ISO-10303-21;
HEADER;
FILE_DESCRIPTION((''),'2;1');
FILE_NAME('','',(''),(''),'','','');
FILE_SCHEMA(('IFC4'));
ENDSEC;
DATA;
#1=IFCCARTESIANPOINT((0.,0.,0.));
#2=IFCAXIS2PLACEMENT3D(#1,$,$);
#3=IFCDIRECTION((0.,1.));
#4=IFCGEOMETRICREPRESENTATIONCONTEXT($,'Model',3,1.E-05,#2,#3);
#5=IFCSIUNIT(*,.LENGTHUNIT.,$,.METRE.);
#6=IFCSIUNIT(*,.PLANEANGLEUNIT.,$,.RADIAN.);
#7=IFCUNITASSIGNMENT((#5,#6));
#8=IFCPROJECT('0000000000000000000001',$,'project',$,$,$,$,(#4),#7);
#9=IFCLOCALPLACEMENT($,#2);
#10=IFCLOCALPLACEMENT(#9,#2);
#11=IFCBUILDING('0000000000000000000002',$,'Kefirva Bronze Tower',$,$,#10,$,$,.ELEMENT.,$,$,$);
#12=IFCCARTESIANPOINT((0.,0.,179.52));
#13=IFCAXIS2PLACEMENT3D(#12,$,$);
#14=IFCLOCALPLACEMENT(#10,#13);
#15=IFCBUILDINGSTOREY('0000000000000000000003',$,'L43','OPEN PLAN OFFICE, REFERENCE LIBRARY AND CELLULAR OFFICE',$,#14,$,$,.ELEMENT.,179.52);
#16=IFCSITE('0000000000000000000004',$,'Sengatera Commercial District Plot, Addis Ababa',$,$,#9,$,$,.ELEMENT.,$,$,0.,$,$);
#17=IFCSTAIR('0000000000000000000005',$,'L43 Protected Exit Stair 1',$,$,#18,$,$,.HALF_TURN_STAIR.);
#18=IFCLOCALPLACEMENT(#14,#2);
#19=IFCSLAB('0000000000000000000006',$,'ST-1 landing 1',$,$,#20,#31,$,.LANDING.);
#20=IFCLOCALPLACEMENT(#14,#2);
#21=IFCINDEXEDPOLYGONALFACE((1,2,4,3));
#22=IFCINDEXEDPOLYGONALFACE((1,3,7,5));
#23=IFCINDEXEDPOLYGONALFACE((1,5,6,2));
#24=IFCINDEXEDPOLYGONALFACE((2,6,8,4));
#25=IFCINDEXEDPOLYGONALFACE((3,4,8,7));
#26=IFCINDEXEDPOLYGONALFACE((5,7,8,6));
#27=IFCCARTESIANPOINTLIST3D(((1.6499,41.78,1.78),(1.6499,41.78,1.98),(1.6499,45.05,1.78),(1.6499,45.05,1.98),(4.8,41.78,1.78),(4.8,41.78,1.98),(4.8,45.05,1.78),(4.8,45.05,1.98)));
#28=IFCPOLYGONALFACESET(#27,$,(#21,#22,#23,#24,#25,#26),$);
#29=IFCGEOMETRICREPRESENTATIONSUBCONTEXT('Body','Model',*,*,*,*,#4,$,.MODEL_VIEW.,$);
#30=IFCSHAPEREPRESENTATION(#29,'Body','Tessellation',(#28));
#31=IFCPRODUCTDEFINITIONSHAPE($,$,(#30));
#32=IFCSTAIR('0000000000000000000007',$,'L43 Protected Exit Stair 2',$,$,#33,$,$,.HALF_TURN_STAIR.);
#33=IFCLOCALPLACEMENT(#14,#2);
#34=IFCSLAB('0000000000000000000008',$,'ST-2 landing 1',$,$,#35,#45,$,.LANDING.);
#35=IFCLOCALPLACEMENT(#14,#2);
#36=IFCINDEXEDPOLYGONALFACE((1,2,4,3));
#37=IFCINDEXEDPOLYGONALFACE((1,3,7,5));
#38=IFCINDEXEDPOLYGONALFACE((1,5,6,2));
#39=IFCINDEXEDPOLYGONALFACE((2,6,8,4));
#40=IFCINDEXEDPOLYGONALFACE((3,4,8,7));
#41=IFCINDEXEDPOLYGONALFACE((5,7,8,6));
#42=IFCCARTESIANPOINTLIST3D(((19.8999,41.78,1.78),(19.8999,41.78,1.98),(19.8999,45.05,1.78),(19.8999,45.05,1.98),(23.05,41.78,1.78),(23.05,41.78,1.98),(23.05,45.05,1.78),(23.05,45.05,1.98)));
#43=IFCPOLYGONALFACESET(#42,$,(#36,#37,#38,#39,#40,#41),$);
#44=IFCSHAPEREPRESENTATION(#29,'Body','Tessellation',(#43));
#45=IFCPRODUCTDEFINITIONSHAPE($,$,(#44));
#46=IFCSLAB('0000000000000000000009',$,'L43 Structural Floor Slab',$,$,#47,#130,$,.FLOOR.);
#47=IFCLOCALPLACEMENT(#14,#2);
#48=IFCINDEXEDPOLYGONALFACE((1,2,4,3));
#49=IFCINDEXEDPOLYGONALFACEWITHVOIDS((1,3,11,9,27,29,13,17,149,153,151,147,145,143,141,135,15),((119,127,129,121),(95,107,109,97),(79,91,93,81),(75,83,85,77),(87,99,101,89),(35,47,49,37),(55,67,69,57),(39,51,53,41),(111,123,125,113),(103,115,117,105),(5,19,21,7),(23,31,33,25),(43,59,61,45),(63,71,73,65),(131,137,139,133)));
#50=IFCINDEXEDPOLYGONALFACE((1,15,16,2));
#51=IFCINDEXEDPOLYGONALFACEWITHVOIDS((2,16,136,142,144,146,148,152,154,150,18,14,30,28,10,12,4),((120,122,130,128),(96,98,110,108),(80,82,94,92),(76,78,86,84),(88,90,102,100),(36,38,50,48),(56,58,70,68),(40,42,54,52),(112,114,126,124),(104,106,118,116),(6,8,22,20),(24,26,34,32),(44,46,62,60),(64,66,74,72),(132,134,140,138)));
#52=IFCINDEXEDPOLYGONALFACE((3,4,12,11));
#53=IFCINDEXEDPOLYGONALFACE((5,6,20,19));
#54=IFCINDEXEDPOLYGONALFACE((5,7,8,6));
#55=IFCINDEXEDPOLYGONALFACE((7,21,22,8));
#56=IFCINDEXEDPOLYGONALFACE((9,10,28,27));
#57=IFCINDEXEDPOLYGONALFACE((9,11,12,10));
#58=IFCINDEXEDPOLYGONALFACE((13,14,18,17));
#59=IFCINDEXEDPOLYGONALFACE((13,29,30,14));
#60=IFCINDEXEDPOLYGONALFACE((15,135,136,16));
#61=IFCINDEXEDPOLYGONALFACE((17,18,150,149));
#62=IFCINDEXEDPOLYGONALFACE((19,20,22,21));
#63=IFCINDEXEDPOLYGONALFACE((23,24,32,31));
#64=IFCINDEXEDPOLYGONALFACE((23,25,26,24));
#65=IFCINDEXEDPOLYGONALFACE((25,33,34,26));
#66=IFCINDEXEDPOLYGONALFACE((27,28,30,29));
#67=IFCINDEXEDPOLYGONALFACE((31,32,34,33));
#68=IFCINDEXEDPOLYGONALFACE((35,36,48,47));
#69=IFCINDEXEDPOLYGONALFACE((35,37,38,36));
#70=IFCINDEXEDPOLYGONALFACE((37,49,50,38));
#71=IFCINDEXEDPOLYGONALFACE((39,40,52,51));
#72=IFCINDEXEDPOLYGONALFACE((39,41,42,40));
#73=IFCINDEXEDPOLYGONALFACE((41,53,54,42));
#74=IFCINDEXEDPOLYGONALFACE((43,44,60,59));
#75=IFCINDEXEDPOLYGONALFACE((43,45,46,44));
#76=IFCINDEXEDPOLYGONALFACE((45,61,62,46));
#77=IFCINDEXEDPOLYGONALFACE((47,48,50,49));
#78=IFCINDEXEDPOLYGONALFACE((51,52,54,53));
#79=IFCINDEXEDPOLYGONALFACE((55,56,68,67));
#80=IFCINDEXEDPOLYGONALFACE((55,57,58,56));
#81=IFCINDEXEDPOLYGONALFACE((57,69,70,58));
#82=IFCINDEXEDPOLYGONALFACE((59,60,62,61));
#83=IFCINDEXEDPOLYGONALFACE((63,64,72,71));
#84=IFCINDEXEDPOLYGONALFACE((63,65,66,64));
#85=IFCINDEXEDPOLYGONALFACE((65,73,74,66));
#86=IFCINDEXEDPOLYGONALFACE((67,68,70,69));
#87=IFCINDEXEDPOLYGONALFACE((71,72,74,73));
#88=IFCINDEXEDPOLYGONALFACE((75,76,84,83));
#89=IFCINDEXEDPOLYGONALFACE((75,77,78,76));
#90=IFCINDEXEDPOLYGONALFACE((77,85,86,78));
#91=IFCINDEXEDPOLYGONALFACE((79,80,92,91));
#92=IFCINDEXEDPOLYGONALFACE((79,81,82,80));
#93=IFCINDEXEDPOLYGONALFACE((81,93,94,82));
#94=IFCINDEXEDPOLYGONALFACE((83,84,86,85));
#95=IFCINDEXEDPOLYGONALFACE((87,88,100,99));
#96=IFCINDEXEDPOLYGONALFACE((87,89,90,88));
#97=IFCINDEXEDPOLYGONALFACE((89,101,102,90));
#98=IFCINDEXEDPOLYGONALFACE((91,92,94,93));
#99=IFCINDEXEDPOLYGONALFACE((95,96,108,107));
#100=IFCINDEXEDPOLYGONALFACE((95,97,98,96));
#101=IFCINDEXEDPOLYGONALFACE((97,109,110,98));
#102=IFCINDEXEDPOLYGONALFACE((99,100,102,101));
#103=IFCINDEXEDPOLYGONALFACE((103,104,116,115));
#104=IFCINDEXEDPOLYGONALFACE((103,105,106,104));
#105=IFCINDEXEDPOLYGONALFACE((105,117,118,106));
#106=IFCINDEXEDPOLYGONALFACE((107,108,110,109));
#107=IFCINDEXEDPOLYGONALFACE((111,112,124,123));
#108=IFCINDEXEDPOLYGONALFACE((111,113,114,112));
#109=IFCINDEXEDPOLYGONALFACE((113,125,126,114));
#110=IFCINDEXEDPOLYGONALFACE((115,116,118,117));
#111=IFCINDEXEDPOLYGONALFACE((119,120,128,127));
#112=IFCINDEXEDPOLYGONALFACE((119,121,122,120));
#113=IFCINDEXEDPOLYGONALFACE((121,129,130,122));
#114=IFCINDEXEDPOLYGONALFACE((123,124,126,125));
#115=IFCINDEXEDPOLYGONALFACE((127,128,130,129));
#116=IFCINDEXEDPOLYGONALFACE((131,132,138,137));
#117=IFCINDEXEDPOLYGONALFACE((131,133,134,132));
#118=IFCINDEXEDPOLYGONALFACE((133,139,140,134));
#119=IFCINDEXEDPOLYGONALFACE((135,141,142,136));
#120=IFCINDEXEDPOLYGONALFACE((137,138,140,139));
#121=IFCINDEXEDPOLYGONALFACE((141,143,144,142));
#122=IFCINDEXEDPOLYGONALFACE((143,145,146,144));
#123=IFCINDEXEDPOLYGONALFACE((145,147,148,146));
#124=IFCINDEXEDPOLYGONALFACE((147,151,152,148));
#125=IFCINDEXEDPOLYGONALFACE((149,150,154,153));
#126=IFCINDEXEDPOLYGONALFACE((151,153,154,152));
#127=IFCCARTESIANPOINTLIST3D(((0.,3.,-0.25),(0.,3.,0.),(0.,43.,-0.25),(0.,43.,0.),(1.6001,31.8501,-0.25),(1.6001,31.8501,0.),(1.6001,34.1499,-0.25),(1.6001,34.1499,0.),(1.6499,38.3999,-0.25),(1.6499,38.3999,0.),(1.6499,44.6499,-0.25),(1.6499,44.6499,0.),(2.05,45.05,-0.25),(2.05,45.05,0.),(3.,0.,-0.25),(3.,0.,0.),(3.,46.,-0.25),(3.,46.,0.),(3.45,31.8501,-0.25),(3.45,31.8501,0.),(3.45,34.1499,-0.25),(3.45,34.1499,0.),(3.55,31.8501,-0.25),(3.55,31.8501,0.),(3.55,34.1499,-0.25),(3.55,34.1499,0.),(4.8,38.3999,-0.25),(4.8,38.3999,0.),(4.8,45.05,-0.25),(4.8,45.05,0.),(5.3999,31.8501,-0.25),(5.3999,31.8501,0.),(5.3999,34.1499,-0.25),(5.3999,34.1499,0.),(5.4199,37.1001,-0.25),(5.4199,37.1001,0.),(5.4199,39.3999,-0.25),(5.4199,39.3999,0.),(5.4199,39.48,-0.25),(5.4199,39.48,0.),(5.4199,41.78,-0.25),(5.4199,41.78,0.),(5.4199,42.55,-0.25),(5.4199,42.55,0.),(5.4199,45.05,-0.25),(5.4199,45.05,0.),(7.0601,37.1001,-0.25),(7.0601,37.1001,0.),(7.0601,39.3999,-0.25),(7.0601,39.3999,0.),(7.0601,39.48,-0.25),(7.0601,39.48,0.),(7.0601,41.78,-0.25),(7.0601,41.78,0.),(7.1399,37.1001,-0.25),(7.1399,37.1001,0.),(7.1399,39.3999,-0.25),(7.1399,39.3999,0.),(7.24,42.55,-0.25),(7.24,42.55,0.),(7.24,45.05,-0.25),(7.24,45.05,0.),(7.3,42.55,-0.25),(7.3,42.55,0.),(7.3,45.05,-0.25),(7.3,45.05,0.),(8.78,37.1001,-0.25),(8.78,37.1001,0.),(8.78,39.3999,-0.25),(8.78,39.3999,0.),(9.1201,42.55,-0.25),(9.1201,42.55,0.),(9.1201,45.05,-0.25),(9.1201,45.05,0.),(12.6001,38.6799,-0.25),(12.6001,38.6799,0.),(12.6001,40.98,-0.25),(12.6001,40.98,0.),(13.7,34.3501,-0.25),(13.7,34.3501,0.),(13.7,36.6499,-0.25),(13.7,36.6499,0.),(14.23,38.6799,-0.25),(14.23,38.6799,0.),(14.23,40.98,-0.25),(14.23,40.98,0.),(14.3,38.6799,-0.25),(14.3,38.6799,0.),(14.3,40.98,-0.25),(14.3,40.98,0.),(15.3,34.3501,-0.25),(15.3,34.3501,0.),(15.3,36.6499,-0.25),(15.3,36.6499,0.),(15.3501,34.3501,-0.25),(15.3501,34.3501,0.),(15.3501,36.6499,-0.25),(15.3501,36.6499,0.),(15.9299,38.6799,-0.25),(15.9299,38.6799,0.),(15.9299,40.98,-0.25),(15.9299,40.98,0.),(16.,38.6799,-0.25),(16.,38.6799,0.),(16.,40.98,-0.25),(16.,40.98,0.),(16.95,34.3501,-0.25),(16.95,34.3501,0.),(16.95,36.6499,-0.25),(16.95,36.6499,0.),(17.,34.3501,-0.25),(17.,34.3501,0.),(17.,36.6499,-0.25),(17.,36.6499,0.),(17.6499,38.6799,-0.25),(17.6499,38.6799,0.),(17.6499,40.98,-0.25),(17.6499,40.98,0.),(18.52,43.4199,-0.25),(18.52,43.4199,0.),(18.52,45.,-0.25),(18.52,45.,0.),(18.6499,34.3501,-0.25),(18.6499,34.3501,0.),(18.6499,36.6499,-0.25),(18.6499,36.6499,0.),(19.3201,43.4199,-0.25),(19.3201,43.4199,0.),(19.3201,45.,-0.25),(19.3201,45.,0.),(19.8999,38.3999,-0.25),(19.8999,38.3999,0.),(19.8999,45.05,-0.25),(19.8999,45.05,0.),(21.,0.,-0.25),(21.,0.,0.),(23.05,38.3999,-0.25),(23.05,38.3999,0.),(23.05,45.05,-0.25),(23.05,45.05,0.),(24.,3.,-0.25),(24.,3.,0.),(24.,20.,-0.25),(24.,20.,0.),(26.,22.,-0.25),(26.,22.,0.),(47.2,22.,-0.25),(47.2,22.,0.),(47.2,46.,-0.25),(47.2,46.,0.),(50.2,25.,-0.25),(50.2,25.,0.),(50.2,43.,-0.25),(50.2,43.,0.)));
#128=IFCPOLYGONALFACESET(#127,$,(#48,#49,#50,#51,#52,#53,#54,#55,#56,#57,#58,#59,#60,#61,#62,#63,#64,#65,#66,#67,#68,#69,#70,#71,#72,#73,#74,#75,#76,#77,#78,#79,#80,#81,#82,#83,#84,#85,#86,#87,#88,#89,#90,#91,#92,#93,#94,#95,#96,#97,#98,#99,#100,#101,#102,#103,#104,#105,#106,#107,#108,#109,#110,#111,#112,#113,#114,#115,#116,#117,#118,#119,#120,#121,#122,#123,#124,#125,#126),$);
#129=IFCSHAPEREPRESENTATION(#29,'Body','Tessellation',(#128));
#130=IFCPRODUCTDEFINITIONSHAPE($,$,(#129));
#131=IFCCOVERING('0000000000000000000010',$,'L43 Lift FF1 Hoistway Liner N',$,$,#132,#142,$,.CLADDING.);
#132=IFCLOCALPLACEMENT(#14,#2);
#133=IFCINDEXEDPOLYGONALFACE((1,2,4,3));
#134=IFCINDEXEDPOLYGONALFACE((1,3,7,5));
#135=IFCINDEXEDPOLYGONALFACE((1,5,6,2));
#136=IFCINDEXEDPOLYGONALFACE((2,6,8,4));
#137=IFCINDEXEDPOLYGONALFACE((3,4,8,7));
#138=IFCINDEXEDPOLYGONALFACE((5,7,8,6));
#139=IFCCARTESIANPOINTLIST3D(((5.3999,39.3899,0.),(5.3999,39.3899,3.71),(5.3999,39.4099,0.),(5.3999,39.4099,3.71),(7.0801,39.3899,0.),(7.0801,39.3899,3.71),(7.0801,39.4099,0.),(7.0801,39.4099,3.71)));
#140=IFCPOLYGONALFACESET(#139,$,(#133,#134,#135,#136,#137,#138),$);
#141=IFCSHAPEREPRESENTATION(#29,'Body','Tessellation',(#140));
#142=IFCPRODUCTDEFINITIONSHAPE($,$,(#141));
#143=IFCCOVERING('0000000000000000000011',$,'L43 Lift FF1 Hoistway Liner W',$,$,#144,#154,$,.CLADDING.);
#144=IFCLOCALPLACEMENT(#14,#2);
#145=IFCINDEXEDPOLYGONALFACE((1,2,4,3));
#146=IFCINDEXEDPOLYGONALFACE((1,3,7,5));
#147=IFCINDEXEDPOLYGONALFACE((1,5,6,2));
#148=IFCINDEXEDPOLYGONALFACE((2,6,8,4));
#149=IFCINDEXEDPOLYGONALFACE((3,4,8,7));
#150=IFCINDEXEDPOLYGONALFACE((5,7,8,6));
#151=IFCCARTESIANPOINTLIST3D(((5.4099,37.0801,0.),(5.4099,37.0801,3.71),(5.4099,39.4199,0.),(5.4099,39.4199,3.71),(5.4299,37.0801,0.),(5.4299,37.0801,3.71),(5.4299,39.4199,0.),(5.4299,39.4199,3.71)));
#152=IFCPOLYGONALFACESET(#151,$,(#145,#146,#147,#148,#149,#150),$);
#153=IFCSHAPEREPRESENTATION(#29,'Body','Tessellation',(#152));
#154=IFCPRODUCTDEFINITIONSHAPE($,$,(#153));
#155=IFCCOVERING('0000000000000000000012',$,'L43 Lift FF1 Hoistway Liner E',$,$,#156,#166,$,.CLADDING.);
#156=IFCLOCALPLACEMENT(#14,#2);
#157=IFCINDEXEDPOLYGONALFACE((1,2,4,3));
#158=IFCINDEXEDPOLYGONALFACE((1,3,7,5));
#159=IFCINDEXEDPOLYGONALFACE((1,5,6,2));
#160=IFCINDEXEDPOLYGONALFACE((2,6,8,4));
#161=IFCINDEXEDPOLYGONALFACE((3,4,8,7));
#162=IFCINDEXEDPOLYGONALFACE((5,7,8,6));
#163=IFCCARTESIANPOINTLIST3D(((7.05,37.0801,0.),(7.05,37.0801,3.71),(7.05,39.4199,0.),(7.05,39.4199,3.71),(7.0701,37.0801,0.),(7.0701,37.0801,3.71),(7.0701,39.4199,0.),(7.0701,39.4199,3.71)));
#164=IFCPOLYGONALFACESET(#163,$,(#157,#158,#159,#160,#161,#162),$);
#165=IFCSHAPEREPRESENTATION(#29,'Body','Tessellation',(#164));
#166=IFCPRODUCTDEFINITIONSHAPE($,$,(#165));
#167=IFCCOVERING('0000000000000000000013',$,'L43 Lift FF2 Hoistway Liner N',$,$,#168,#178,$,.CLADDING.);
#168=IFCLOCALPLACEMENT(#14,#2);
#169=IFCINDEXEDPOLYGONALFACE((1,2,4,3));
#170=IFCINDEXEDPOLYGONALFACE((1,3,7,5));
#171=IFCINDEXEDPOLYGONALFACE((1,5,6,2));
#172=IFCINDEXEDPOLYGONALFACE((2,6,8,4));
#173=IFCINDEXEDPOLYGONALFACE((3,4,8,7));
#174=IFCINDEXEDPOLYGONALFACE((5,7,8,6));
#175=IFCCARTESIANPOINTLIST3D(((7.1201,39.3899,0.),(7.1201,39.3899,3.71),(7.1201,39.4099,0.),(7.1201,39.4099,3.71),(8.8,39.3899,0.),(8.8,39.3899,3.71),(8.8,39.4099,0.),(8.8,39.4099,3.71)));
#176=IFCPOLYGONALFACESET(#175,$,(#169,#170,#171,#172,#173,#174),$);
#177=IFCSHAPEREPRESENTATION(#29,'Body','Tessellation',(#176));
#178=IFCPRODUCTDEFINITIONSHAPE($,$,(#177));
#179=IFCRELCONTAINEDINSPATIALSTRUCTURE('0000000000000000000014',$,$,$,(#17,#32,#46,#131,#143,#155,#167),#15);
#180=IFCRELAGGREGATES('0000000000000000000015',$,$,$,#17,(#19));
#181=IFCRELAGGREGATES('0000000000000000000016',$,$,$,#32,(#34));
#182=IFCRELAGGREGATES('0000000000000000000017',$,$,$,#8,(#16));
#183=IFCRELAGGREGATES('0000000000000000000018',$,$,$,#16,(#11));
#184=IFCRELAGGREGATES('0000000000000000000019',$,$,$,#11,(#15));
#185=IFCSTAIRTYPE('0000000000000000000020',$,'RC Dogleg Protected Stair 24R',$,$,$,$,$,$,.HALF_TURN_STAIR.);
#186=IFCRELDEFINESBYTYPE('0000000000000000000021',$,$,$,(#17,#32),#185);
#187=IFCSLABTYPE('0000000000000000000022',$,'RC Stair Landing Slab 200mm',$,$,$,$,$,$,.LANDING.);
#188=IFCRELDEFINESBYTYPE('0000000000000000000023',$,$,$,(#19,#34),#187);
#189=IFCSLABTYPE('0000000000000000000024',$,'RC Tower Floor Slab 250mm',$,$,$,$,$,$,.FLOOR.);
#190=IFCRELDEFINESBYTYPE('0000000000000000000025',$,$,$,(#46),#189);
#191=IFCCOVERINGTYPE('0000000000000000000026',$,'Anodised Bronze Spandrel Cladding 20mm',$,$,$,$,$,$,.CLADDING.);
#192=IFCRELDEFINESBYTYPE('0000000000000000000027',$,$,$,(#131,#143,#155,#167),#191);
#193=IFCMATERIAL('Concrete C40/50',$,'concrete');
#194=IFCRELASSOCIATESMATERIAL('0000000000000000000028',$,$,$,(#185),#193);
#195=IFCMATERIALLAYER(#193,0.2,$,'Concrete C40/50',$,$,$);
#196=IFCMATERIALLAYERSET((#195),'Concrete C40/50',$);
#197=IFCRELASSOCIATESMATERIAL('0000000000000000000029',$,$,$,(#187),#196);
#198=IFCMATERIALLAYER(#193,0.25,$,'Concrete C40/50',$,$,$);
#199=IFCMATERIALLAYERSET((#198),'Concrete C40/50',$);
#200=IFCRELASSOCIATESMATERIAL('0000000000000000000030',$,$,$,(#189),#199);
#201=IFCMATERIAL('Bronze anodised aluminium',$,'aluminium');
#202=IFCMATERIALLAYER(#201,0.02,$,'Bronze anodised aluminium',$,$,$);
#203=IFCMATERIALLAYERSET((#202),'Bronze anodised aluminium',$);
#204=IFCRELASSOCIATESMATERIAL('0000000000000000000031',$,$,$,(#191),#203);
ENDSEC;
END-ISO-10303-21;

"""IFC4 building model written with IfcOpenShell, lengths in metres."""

from ifc_helpers import new_model, si_unit, direction, frame, origin, place, context, subcontext, project, spatial, polyline, outline, extrude, material, layer, layer_set, type_object, element, aggregate, save


model = new_model("IFC4")

# Units and contexts
model_context = context("Model", 3, precision=1e-05, world=origin(), true_north=direction((0.0, 1.0)))
body_context = subcontext(model_context, "Body", "Model", "MODEL_VIEW")
ifc_project = project(units=[si_unit("LENGTHUNIT", "METRE"), si_unit("PLANEANGLEUNIT", "RADIAN")], contexts=[model_context])

# Site, building, storey
site_placement = place(None, origin())
site = spatial("IfcSite", under=ifc_project, at=site_placement, Name="Sengatera Commercial District Plot, Addis Ababa", CompositionType="ELEMENT", RefElevation=0.0)
building_placement = place(site_placement, origin())
building = spatial("IfcBuilding", under=site, at=building_placement, Name="Kefirva Bronze Tower", CompositionType="ELEMENT")
storey_placement = place(building_placement, frame((0.0, 0.0, 179.52)))
storey = spatial("IfcBuildingStorey", under=building, at=storey_placement, Name="L43", Description="OPEN PLAN OFFICE, REFERENCE LIBRARY AND CELLULAR OFFICE", CompositionType="ELEMENT", Elevation=179.52)

# Stairs, slabs
ifc_material_1 = material(Name="Concrete C40/50", Category="concrete")
stair_type = type_object("IfcStairType", Name="RC Dogleg Protected Stair 24R", PredefinedType="HALF_TURN_STAIR", material=ifc_material_1)
stair_1_placement = place(storey_placement, origin())
stair_1 = element("IfcStair", 1, at=stair_1_placement, inside=storey, type_object=stair_type, Name="L43 Protected Exit Stair 1", PredefinedType="HALF_TURN_STAIR")
ifc_layer_1 = layer(ifc_material_1, 0.2, Name="Concrete C40/50")
ifc_layer_set_1 = layer_set([ifc_layer_1], Name="Concrete C40/50")
slab_type_1 = type_object("IfcSlabType", Name="RC Stair Landing Slab 200mm", PredefinedType="LANDING", material=ifc_layer_set_1)
slab_1_placement = place(storey_placement, frame((0.0, 0.0, 1.78)))
slab_1 = element("IfcSlab", 2, at=slab_1_placement, type_object=slab_type_1, Name="ST-1 landing 1", PredefinedType="LANDING", context=body_context, shape_type="SweptSolid", body=[
    extrude(outline(polyline([(4.8, 41.78), (4.8, 45.05), (1.6499, 45.05), (1.6499, 41.78), (4.8, 41.78)])), origin(), (0.0, 0.0, 1.0), 0.2),
])
aggregate(stair_1, [slab_1])
stair_2_placement = place(storey_placement, origin())
stair_2 = element("IfcStair", 3, at=stair_2_placement, inside=storey, type_object=stair_type, Name="L43 Protected Exit Stair 2", PredefinedType="HALF_TURN_STAIR")
slab_2_placement = place(storey_placement, frame((0.0, 0.0, 1.78)))
slab_2 = element("IfcSlab", 4, at=slab_2_placement, type_object=slab_type_1, Name="ST-2 landing 1", PredefinedType="LANDING", context=body_context, shape_type="SweptSolid", body=[
    extrude(outline(polyline([(23.05, 41.78), (23.05, 45.05), (19.8999, 45.05), (19.8999, 41.78), (23.05, 41.78)])), origin(), (0.0, 0.0, 1.0), 0.2),
])
aggregate(stair_2, [slab_2])

# Slab
ifc_layer_2 = layer(ifc_material_1, 0.25, Name="Concrete C40/50")
ifc_layer_set_2 = layer_set([ifc_layer_2], Name="Concrete C40/50")
slab_type_2 = type_object("IfcSlabType", Name="RC Tower Floor Slab 250mm", PredefinedType="FLOOR", material=ifc_layer_set_2)
slab_3_placement = place(storey_placement, frame((0.0, 0.0, -0.25)))
element("IfcSlab", 5, at=slab_3_placement, inside=storey, type_object=slab_type_2, Name="L43 Structural Floor Slab", PredefinedType="FLOOR", context=body_context, shape_type="SweptSolid", body=[
    extrude(outline(polyline([(0.0, 3.0), (0.0, 43.0), (1.6499, 44.6499), (1.6499, 38.3999), (4.8, 38.3999), (4.8, 45.05), (2.05, 45.05), (3.0, 46.0), (47.2, 46.0), (50.2, 43.0), (50.2, 25.0), (47.2, 22.0), (26.0, 22.0), (24.0, 20.0), (24.0, 3.0), (21.0, 0.0), (3.0, 0.0), (0.0, 3.0)]), holes=[polyline([(23.05, 38.3999), (23.05, 45.05), (19.8999, 45.05), (19.8999, 38.3999), (23.05, 38.3999)]), polyline([(19.3201, 43.4199), (19.3201, 45.0), (18.52, 45.0), (18.52, 43.4199), (19.3201, 43.4199)]), polyline([(18.6499, 34.3501), (18.6499, 36.6499), (17.0, 36.6499), (17.0, 34.3501), (18.6499, 34.3501)]), polyline([(17.6499, 38.6799), (17.6499, 40.98), (16.0, 40.98), (16.0, 38.6799), (17.6499, 38.6799)]), polyline([(16.95, 34.3501), (16.95, 36.6499), (15.3501, 36.6499), (15.3501, 34.3501), (16.95, 34.3501)]), polyline([(15.9299, 38.6799), (15.9299, 40.98), (14.3, 40.98), (14.3, 38.6799), (15.9299, 38.6799)]), polyline([(15.3, 34.3501), (15.3, 36.6499), (13.7, 36.6499), (13.7, 34.3501), (15.3, 34.3501)]), polyline([(14.23, 38.6799), (14.23, 40.98), (12.6001, 40.98), (12.6001, 38.6799), (14.23, 38.6799)]), polyline([(9.1201, 42.55), (9.1201, 45.05), (7.3, 45.05), (7.3, 42.55), (9.1201, 42.55)]), polyline([(8.78, 37.1001), (8.78, 39.3999), (7.1399, 39.3999), (7.1399, 37.1001), (8.78, 37.1001)]), polyline([(7.24, 42.55), (7.24, 45.05), (5.4199, 45.05), (5.4199, 42.55), (7.24, 42.55)]), polyline([(7.0601, 37.1001), (7.0601, 39.3999), (5.4199, 39.3999), (5.4199, 37.1001), (7.0601, 37.1001)]), polyline([(7.0601, 39.48), (7.0601, 41.78), (5.4199, 41.78), (5.4199, 39.48), (7.0601, 39.48)]), polyline([(5.3999, 31.8501), (5.3999, 34.1499), (3.55, 34.1499), (3.55, 31.8501), (5.3999, 31.8501)]), polyline([(3.45, 31.8501), (3.45, 34.1499), (1.6001, 34.1499), (1.6001, 31.8501), (3.45, 31.8501)])]), origin(), (0.0, 0.0, 1.0), 0.25),
])

# Coverings
ifc_material_2 = material(Name="Bronze anodised aluminium", Category="aluminium")
ifc_layer_3 = layer(ifc_material_2, 0.02, Name="Bronze anodised aluminium")
ifc_layer_set_3 = layer_set([ifc_layer_3], Name="Bronze anodised aluminium")
covering_type = type_object("IfcCoveringType", Name="Anodised Bronze Spandrel Cladding 20mm", PredefinedType="CLADDING", material=ifc_layer_set_3)
covering_1_placement = place(storey_placement, origin())
element("IfcCovering", 6, at=covering_1_placement, inside=storey, type_object=covering_type, Name="L43 Lift FF1 Hoistway Liner N", PredefinedType="CLADDING", context=body_context, shape_type="SweptSolid", body=[
    extrude(outline(polyline([(5.3999, 39.3899), (7.0801, 39.3899), (7.0801, 39.4099), (5.3999, 39.4099), (5.3999, 39.3899)])), origin(), (0.0, 0.0, 1.0), 3.71),
])
covering_2_placement = place(storey_placement, origin())
element("IfcCovering", 7, at=covering_2_placement, inside=storey, type_object=covering_type, Name="L43 Lift FF1 Hoistway Liner W", PredefinedType="CLADDING", context=body_context, shape_type="SweptSolid", body=[
    extrude(outline(polyline([(5.4099, 37.0801), (5.4299, 37.0801), (5.4299, 39.4199), (5.4099, 39.4199), (5.4099, 37.0801)])), origin(), (0.0, 0.0, 1.0), 3.71),
])
covering_3_placement = place(storey_placement, origin())
element("IfcCovering", 8, at=covering_3_placement, inside=storey, type_object=covering_type, Name="L43 Lift FF1 Hoistway Liner E", PredefinedType="CLADDING", context=body_context, shape_type="SweptSolid", body=[
    extrude(outline(polyline([(7.05, 37.0801), (7.0701, 37.0801), (7.0701, 39.4199), (7.05, 39.4199), (7.05, 37.0801)])), origin(), (0.0, 0.0, 1.0), 3.71),
])
covering_4_placement = place(storey_placement, origin())
element("IfcCovering", 9, at=covering_4_placement, inside=storey, type_object=covering_type, Name="L43 Lift FF2 Hoistway Liner N", PredefinedType="CLADDING", context=body_context, shape_type="SweptSolid", body=[
    extrude(outline(polyline([(7.1201, 39.3899), (8.8, 39.3899), (8.8, 39.4099), (7.1201, 39.4099), (7.1201, 39.3899)])), origin(), (0.0, 0.0, 1.0), 3.71),
])

save(model, "model.ifc")
